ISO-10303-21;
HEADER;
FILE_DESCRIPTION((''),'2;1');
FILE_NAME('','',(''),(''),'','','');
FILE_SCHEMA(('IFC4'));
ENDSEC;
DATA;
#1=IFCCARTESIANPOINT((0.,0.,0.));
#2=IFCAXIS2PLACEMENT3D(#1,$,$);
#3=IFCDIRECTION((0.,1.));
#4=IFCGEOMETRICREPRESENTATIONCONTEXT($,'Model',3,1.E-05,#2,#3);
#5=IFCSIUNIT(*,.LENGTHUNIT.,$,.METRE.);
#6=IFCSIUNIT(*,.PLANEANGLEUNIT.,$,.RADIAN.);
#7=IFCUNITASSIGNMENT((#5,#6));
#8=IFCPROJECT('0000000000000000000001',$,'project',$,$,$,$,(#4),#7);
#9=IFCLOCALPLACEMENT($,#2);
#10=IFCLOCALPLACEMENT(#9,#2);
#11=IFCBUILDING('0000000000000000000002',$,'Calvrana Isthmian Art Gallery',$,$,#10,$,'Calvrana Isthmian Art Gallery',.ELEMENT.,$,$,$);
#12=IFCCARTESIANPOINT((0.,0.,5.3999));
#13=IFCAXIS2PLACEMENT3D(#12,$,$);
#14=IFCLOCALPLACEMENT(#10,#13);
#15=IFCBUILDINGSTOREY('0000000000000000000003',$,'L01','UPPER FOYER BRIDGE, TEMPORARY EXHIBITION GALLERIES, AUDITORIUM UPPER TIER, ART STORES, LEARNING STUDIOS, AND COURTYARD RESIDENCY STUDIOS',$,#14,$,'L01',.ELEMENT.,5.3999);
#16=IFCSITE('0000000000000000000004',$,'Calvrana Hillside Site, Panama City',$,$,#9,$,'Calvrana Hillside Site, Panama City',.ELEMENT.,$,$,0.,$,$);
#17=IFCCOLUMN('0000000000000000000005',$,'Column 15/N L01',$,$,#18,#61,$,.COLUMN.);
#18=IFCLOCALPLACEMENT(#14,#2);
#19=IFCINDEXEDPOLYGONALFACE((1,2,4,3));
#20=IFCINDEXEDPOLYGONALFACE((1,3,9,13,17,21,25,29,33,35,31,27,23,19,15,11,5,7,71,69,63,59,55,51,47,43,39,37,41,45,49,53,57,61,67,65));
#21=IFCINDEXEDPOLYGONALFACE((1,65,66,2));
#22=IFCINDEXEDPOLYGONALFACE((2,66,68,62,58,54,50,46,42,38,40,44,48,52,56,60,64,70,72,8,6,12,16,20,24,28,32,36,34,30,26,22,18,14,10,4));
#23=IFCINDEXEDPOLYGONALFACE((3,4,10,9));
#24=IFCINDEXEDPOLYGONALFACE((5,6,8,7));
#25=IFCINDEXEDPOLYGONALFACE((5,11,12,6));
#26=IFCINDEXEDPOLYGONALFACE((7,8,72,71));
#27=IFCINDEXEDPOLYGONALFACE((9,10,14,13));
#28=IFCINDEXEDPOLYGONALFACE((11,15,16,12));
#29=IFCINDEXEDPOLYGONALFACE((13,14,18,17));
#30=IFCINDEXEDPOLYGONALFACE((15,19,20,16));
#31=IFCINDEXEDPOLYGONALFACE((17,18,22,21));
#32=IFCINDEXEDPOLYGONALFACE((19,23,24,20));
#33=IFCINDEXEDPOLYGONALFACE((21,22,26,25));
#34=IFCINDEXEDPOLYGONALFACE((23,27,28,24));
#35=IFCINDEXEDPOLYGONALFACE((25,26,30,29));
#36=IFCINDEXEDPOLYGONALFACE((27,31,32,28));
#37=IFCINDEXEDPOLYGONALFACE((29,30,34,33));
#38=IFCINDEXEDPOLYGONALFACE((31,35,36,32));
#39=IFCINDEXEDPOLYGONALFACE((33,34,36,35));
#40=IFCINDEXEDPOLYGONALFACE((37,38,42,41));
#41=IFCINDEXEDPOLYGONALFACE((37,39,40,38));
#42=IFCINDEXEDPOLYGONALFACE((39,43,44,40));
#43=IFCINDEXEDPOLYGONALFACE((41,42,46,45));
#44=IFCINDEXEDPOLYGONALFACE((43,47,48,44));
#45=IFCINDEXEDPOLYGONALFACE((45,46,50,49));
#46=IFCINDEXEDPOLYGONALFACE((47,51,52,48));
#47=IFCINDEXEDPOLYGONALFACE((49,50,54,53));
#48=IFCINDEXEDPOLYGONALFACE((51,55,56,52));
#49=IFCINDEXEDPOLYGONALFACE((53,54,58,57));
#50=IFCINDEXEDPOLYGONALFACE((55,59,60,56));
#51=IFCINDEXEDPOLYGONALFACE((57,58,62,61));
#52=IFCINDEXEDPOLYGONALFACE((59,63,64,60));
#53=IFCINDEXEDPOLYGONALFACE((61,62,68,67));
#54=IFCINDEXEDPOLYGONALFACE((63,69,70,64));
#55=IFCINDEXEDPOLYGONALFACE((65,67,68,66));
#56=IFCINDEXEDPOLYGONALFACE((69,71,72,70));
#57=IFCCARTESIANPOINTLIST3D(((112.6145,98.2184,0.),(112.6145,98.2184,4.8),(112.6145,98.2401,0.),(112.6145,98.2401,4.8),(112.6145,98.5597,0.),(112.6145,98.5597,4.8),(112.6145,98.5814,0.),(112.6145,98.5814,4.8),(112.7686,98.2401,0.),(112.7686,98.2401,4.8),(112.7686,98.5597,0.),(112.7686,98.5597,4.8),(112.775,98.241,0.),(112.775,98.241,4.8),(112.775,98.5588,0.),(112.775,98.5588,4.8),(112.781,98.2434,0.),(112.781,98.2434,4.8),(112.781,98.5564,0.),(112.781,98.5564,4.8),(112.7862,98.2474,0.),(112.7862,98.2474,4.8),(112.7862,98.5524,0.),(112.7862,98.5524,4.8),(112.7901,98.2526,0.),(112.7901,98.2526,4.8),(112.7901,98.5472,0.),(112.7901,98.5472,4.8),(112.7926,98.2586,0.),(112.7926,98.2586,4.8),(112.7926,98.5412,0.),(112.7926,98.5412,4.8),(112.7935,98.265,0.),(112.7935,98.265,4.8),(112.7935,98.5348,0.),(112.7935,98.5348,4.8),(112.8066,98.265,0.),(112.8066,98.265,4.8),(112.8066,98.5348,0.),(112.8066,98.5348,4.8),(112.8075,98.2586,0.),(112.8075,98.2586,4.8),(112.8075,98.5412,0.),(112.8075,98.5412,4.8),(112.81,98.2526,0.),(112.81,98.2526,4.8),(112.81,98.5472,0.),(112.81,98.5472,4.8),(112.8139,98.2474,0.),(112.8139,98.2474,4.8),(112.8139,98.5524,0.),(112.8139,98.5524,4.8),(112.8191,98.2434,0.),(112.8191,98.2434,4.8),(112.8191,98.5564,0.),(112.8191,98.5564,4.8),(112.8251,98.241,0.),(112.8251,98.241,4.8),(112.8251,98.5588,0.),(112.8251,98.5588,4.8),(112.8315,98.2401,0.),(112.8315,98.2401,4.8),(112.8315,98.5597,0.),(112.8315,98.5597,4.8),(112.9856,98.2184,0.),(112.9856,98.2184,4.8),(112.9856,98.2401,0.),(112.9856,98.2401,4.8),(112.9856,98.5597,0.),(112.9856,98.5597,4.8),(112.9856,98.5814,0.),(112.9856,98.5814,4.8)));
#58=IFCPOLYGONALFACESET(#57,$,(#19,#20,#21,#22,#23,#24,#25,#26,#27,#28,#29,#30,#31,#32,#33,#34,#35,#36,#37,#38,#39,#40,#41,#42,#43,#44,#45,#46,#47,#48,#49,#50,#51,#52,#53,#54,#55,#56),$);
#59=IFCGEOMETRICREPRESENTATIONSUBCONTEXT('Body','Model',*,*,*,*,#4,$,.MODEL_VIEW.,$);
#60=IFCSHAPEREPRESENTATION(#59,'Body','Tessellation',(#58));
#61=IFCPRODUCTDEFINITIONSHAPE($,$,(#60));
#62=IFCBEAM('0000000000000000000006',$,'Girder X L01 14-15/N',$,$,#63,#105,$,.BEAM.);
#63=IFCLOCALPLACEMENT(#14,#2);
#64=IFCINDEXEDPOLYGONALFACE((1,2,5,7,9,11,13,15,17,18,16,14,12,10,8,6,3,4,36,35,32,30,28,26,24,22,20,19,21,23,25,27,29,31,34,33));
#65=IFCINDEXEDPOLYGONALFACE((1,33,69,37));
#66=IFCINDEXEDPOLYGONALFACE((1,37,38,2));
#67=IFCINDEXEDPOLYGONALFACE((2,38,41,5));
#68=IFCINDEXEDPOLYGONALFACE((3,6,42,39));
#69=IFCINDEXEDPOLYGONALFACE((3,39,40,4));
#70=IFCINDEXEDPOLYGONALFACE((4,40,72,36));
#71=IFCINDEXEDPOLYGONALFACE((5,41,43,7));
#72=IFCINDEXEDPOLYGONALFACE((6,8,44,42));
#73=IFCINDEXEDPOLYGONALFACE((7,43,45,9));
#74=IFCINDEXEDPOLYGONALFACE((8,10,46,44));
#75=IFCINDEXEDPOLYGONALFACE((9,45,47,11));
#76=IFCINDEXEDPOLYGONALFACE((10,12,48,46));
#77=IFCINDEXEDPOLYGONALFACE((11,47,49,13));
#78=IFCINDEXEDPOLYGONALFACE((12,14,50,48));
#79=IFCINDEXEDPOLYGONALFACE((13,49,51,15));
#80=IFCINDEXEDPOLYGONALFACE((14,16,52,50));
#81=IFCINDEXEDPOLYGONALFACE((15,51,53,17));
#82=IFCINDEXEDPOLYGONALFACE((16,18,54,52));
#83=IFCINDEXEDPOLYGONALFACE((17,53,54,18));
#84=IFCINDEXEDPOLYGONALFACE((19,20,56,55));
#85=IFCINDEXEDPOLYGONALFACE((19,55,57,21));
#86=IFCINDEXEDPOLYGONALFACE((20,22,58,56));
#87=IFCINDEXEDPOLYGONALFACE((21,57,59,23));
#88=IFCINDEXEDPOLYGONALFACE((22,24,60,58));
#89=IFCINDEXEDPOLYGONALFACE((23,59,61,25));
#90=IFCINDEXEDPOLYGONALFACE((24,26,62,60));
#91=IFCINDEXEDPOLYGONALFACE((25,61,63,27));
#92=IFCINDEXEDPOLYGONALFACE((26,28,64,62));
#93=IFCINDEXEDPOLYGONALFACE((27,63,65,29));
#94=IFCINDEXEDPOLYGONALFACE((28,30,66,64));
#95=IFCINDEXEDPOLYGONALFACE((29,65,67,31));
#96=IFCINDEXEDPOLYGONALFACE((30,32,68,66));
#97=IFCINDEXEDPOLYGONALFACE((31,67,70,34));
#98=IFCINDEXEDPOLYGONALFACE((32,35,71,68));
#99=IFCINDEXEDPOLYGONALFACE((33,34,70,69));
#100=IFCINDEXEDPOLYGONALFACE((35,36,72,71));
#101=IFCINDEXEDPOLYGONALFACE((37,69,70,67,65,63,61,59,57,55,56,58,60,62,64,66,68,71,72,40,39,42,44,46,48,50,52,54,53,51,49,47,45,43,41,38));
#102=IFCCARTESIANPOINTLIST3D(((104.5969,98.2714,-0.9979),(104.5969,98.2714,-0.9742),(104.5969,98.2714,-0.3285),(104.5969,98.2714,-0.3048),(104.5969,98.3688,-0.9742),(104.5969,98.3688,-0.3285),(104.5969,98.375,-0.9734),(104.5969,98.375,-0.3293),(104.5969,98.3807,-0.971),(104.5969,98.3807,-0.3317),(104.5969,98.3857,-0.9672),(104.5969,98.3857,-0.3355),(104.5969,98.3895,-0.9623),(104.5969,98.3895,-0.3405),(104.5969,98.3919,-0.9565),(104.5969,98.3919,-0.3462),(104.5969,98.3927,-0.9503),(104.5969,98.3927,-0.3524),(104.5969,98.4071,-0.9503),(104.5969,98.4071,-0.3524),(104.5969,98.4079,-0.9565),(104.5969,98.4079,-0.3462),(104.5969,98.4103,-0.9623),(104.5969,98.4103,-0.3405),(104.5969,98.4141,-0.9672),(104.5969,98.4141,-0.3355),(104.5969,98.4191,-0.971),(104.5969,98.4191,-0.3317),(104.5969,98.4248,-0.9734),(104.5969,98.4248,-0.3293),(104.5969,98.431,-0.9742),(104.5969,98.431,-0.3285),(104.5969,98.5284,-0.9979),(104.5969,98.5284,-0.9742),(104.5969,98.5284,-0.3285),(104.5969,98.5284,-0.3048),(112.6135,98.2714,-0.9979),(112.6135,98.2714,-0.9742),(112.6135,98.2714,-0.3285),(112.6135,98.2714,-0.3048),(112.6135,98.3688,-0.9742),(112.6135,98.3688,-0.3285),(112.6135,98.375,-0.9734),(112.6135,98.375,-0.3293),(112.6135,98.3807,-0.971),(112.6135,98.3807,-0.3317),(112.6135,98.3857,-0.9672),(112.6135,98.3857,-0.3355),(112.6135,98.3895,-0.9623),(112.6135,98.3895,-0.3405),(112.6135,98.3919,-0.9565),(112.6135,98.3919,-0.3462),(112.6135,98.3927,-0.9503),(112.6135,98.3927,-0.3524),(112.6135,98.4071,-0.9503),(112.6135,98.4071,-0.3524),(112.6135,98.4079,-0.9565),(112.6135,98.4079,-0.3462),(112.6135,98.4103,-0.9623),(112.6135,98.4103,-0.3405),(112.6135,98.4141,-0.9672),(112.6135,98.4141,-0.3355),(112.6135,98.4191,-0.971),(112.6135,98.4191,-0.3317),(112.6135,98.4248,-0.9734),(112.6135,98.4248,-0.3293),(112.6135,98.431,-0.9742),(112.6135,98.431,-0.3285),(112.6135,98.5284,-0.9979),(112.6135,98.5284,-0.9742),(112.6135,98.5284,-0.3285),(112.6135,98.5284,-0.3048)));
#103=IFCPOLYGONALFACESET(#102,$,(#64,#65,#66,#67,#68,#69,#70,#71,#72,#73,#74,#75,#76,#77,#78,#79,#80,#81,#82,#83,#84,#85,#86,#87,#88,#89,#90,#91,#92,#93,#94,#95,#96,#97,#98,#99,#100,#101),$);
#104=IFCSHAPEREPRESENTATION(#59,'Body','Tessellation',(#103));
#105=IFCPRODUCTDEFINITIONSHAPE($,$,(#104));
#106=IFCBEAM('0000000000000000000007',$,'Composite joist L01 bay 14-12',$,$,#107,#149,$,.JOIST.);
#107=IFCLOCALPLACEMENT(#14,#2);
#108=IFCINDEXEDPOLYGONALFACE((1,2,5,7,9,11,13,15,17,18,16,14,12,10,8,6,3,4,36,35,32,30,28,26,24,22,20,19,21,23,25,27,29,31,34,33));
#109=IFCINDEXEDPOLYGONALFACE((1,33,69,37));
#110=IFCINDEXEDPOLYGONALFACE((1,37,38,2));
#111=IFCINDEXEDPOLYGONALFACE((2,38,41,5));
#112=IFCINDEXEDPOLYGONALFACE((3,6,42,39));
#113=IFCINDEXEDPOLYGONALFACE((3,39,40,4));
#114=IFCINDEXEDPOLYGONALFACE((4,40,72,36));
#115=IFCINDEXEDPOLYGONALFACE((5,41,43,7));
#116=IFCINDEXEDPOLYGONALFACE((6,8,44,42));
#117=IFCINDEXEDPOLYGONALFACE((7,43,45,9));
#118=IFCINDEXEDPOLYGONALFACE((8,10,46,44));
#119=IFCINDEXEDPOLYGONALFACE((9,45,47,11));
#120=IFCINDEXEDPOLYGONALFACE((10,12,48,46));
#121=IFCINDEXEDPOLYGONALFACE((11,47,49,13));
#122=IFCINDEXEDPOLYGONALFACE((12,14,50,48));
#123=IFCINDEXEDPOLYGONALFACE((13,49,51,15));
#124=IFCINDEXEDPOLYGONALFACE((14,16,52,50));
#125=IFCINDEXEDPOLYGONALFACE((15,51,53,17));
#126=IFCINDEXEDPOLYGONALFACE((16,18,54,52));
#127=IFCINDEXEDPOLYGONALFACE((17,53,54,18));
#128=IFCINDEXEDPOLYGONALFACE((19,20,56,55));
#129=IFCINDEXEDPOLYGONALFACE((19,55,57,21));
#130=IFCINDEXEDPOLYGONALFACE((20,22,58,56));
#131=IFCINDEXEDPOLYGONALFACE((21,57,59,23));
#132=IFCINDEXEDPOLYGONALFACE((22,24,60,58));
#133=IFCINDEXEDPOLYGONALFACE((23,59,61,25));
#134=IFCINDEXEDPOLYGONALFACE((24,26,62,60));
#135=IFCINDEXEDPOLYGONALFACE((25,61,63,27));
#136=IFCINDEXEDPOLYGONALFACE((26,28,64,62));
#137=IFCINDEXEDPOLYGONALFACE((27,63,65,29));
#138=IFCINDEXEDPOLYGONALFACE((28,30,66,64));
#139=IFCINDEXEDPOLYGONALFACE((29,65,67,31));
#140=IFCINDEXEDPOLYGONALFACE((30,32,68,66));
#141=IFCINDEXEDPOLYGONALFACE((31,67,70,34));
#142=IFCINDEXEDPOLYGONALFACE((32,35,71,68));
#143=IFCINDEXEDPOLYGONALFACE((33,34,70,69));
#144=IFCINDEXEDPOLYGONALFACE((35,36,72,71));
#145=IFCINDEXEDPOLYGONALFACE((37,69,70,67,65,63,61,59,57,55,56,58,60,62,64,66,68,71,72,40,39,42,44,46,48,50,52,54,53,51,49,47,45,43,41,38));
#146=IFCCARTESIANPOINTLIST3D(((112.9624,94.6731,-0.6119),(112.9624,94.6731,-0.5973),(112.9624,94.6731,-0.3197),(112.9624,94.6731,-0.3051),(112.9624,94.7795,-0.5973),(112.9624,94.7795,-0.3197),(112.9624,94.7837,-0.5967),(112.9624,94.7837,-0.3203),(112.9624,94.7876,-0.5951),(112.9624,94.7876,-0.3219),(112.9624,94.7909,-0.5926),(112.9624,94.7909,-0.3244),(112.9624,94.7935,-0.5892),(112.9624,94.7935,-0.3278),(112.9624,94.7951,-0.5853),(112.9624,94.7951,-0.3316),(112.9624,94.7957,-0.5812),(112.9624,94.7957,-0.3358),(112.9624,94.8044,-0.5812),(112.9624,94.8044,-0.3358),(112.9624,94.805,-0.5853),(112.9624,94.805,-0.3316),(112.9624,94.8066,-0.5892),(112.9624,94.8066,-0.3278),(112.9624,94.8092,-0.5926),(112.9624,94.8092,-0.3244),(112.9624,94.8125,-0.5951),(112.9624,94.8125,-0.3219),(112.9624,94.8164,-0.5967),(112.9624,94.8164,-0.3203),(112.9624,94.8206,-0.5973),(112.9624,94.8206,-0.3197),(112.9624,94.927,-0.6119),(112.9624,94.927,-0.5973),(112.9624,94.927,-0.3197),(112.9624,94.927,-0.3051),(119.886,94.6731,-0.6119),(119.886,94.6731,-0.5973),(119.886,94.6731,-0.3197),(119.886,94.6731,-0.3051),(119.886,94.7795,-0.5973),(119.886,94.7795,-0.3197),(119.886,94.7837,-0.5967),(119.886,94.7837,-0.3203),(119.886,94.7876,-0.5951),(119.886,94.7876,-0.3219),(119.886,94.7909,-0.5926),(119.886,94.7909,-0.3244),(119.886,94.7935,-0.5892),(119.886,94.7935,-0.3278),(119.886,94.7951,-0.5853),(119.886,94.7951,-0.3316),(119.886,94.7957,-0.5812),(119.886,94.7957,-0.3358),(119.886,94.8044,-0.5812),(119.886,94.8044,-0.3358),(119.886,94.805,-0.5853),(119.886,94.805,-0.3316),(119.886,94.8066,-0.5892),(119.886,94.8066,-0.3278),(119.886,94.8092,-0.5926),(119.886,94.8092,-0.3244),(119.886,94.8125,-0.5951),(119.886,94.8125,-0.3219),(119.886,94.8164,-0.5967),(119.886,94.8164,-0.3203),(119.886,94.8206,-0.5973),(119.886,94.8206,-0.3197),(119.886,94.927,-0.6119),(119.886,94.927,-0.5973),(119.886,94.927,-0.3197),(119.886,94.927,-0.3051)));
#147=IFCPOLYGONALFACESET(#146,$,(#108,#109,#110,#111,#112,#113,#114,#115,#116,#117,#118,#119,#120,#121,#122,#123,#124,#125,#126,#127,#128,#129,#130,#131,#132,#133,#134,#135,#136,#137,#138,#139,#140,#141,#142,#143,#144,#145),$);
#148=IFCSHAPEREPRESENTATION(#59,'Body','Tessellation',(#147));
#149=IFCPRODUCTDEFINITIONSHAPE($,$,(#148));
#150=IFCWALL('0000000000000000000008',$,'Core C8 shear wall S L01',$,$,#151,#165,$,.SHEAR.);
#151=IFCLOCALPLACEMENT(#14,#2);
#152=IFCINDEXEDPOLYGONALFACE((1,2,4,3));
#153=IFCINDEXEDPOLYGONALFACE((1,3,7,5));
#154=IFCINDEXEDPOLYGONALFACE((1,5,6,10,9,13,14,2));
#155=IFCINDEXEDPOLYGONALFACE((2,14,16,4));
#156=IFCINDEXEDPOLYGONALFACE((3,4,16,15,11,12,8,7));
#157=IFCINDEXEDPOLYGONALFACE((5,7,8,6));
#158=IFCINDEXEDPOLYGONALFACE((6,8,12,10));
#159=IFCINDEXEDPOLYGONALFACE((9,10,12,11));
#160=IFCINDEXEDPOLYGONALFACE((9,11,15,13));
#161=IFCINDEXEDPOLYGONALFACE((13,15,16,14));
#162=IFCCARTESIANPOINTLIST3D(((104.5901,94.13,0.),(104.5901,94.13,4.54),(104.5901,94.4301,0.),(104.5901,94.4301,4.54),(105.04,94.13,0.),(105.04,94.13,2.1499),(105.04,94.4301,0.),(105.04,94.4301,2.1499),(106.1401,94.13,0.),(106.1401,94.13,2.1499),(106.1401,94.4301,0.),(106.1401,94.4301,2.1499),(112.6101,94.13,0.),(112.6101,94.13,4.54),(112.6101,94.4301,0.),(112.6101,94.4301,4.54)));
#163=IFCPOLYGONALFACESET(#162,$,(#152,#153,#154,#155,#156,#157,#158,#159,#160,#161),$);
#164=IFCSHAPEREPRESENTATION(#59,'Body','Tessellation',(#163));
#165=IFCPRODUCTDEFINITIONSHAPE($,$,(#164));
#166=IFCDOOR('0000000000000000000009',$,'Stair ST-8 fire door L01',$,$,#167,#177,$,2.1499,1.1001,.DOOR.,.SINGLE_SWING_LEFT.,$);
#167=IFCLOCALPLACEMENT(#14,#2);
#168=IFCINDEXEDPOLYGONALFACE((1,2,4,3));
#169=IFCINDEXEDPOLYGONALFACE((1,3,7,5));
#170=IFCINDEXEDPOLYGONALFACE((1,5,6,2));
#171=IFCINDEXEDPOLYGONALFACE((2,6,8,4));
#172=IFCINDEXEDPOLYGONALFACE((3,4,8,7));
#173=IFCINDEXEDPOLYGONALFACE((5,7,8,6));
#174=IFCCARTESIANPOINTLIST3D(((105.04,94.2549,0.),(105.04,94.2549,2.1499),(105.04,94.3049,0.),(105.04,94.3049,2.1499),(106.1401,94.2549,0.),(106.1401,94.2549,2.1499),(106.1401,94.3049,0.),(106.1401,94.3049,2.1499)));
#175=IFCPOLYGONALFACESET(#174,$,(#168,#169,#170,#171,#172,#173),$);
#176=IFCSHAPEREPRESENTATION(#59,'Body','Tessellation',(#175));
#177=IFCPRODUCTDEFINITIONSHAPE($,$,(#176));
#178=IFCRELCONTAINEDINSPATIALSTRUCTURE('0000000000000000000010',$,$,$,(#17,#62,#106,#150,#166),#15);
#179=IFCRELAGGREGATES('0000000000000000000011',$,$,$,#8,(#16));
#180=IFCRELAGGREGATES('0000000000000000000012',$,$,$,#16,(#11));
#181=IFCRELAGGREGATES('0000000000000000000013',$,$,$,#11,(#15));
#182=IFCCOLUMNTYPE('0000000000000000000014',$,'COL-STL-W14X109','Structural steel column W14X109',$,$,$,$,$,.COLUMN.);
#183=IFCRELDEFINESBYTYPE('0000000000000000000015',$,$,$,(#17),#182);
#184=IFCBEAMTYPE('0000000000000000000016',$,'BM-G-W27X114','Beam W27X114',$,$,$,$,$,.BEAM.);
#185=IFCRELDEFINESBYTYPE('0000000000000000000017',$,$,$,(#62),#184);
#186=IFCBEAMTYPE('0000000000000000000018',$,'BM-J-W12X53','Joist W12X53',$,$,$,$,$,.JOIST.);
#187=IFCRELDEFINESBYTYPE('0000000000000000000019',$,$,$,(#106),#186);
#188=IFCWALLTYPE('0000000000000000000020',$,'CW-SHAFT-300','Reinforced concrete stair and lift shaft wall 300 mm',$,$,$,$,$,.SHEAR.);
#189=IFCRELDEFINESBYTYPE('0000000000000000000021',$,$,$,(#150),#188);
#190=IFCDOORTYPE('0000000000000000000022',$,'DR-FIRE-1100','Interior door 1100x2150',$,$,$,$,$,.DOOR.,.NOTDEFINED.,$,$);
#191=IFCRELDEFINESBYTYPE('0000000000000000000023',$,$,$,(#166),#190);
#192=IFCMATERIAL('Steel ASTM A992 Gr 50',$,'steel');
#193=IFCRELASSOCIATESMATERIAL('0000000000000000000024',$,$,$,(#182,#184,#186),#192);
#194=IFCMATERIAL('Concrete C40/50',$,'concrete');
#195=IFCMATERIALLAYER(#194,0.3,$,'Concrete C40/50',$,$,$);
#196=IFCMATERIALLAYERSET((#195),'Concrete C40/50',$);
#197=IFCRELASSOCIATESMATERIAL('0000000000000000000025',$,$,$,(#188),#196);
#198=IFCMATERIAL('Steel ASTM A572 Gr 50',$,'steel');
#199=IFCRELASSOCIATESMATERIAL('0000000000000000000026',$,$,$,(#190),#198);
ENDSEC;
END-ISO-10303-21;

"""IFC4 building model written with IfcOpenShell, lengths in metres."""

from ifc_helpers import new_model, si_unit, direction, frame, frame_2d, origin, origin_2d, place, context, subcontext, project, spatial, rectangle, i_section, extrude, material, layer, layer_set, material_profile, profile_set, type_object, element, fill, save


model = new_model("IFC4")

# Units and contexts
model_context = context("Model", 3, precision=1e-05, world=origin(), true_north=direction((0.0, 1.0)))
body_context = subcontext(model_context, "Body", "Model", "MODEL_VIEW")
ifc_project = project(units=[si_unit("LENGTHUNIT", "METRE"), si_unit("PLANEANGLEUNIT", "RADIAN")], contexts=[model_context])

# Site, building, storey
site_placement = place(None, origin())
site = spatial("IfcSite", under=ifc_project, at=site_placement, Name="Calvrana Hillside Site, Panama City", LongName="Calvrana Hillside Site, Panama City", CompositionType="ELEMENT", RefElevation=0.0)
building_placement = place(site_placement, origin())
building = spatial("IfcBuilding", under=site, at=building_placement, Name="Calvrana Isthmian Art Gallery", LongName="Calvrana Isthmian Art Gallery", CompositionType="ELEMENT")
storey_placement = place(building_placement, frame((0.0, 0.0, 5.3999)))
storey = spatial("IfcBuildingStorey", under=building, at=storey_placement, Name="L01", Description="UPPER FOYER BRIDGE, TEMPORARY EXHIBITION GALLERIES, AUDITORIUM UPPER TIER, ART STORES, LEARNING STUDIOS, AND COURTYARD RESIDENCY STUDIOS", LongName="L01", CompositionType="ELEMENT", Elevation=5.3999)

# Column
ifc_material_1 = material(Name="Steel ASTM A992 Gr 50", Category="steel")
ifc_material_profile_1 = material_profile(ifc_material_1, i_section(OverallWidth=0.3711, OverallDepth=0.363, WebThickness=0.0132, FlangeThickness=0.0217, FilletRadius=0.0249, at=origin_2d()), Name="W14X109")
ifc_profile_set_1 = profile_set([ifc_material_profile_1], Name="Steel ASTM A992 Gr 50")
column_type = type_object("IfcColumnType", Name="COL-STL-W14X109", Description="Structural steel column W14X109", PredefinedType="COLUMN", material=ifc_profile_set_1)
column_placement = place(storey_placement, frame((112.8, 98.3999, 0.0), z_axis=(0.0, 0.0, 1.0), x_axis=(1.0, 0.0, 0.0)))
element("IfcColumn", 1, at=column_placement, inside=storey, type_object=column_type, Name="Column 15/N L01", PredefinedType="COLUMN", context=body_context, shape_type="SweptSolid", body=[
    extrude(i_section(OverallWidth=0.3711, OverallDepth=0.363, WebThickness=0.0132, FlangeThickness=0.0217, FilletRadius=0.0249, at=origin_2d()), origin(), (0.0, 0.0, 1.0), 4.8),
])

# Beams
ifc_material_profile_2 = material_profile(ifc_material_1, i_section(OverallWidth=0.2571, OverallDepth=0.6931, WebThickness=0.0144, FlangeThickness=0.0237, FilletRadius=0.0239, at=origin_2d()), Name="W27X114")
ifc_profile_set_2 = profile_set([ifc_material_profile_2], Name="Steel ASTM A992 Gr 50")
beam_type_1 = type_object("IfcBeamType", Name="BM-G-W27X114", Description="Beam W27X114", PredefinedType="BEAM", material=ifc_profile_set_2)
beam_1_placement = place(storey_placement, frame((104.5969, 98.3999, -0.6514), z_axis=(1.0, 0.0, 0.0), x_axis=(0.0, 1.0, 0.0)))
element("IfcBeam", 2, at=beam_1_placement, inside=storey, type_object=beam_type_1, Name="Girder X L01 14-15/N", PredefinedType="BEAM", context=body_context, shape_type="SweptSolid", body=[
    extrude(i_section(OverallWidth=0.2571, OverallDepth=0.6931, WebThickness=0.0144, FlangeThickness=0.0237, FilletRadius=0.0239, at=origin_2d()), origin(), (0.0, 0.0, 1.0), 8.0166),
])
ifc_material_profile_3 = material_profile(ifc_material_1, i_section(OverallWidth=0.2539, OverallDepth=0.3069, WebThickness=0.0088, FlangeThickness=0.0146, FilletRadius=0.0161, at=origin_2d()), Name="W12X53")
ifc_profile_set_3 = profile_set([ifc_material_profile_3], Name="Steel ASTM A992 Gr 50")
beam_type_2 = type_object("IfcBeamType", Name="BM-J-W12X53", Description="Joist W12X53", PredefinedType="JOIST", material=ifc_profile_set_3)
beam_2_placement = place(storey_placement, frame((112.9624, 94.8, -0.4585), z_axis=(1.0, 0.0, 0.0), x_axis=(0.0, 1.0, 0.0)))
element("IfcBeam", 3, at=beam_2_placement, inside=storey, type_object=beam_type_2, Name="Composite joist L01 bay 14-12", PredefinedType="JOIST", context=body_context, shape_type="SweptSolid", body=[
    extrude(i_section(OverallWidth=0.2539, OverallDepth=0.3069, WebThickness=0.0088, FlangeThickness=0.0146, FilletRadius=0.0161, at=origin_2d()), origin(), (0.0, 0.0, 1.0), 6.9236),
])

# Wall, opening, door
ifc_material_2 = material(Name="Concrete C40/50", Category="concrete")
ifc_layer_1 = layer(ifc_material_2, 0.3, Name="Concrete C40/50")
ifc_layer_set_1 = layer_set([ifc_layer_1], Name="Concrete C40/50")
wall_type_1 = type_object("IfcWallType", Name="CW-SHAFT-300", Description="Reinforced concrete stair and lift shaft wall 300 mm", PredefinedType="SHEAR", material=ifc_layer_set_1)
wall_1_placement = place(storey_placement, frame((104.5901, 94.28, 0.0), z_axis=(0.0, 0.0, 1.0), x_axis=(1.0, 0.0, 0.0)))
wall_1 = element("IfcWall", 4, at=wall_1_placement, inside=storey, type_object=wall_type_1, Name="Core C8 shear wall S L01", PredefinedType="SHEAR", context=body_context, shape_type="SweptSolid", body=[
    extrude(rectangle(XDim=8.02, YDim=0.3, at=frame_2d((4.01, 0.0))), origin(), (0.0, 0.0, 1.0), 4.54),
])
opening_1_placement = place(wall_1_placement, frame((0.45, 0.0, 0.0)))
opening_1 = element("IfcOpeningElement", 5, at=opening_1_placement, cuts=wall_1, PredefinedType="OPENING", context=body_context, shape_type="SweptSolid", body=[
    extrude(rectangle(XDim=1.1001, YDim=2.1499, at=frame_2d((0.55, 1.075))), frame((0.0, 0.1602, 0.0), z_axis=(0.0, -1.0, 0.0), x_axis=(1.0, 0.0, 0.0)), (0.0, 0.0, 1.0), 0.3206),
])
ifc_material_3 = material(Name="Steel ASTM A572 Gr 50", Category="steel")
door_type = type_object("IfcDoorType", Name="DR-FIRE-1100", Description="Interior door 1100x2150", OperationType="NOTDEFINED", PredefinedType="DOOR", material=ifc_material_3)
door_placement = place(opening_1_placement, origin())
door = element("IfcDoor", 6, at=door_placement, inside=storey, type_object=door_type, Name="Stair ST-8 fire door L01", OperationType="SINGLE_SWING_LEFT", OverallHeight=2.1499, OverallWidth=1.1001, PredefinedType="DOOR", context=body_context, shape_type="SweptSolid", body=[
    extrude(rectangle(XDim=1.1001, YDim=2.1499, at=frame_2d((0.55, 1.075))), frame((0.0, 0.0249, 0.0), z_axis=(0.0, -1.0, 0.0), x_axis=(1.0, 0.0, 0.0)), (0.0, 0.0, 1.0), 0.05),
])
fill(opening_1, door)

save(model, "model.ifc")
